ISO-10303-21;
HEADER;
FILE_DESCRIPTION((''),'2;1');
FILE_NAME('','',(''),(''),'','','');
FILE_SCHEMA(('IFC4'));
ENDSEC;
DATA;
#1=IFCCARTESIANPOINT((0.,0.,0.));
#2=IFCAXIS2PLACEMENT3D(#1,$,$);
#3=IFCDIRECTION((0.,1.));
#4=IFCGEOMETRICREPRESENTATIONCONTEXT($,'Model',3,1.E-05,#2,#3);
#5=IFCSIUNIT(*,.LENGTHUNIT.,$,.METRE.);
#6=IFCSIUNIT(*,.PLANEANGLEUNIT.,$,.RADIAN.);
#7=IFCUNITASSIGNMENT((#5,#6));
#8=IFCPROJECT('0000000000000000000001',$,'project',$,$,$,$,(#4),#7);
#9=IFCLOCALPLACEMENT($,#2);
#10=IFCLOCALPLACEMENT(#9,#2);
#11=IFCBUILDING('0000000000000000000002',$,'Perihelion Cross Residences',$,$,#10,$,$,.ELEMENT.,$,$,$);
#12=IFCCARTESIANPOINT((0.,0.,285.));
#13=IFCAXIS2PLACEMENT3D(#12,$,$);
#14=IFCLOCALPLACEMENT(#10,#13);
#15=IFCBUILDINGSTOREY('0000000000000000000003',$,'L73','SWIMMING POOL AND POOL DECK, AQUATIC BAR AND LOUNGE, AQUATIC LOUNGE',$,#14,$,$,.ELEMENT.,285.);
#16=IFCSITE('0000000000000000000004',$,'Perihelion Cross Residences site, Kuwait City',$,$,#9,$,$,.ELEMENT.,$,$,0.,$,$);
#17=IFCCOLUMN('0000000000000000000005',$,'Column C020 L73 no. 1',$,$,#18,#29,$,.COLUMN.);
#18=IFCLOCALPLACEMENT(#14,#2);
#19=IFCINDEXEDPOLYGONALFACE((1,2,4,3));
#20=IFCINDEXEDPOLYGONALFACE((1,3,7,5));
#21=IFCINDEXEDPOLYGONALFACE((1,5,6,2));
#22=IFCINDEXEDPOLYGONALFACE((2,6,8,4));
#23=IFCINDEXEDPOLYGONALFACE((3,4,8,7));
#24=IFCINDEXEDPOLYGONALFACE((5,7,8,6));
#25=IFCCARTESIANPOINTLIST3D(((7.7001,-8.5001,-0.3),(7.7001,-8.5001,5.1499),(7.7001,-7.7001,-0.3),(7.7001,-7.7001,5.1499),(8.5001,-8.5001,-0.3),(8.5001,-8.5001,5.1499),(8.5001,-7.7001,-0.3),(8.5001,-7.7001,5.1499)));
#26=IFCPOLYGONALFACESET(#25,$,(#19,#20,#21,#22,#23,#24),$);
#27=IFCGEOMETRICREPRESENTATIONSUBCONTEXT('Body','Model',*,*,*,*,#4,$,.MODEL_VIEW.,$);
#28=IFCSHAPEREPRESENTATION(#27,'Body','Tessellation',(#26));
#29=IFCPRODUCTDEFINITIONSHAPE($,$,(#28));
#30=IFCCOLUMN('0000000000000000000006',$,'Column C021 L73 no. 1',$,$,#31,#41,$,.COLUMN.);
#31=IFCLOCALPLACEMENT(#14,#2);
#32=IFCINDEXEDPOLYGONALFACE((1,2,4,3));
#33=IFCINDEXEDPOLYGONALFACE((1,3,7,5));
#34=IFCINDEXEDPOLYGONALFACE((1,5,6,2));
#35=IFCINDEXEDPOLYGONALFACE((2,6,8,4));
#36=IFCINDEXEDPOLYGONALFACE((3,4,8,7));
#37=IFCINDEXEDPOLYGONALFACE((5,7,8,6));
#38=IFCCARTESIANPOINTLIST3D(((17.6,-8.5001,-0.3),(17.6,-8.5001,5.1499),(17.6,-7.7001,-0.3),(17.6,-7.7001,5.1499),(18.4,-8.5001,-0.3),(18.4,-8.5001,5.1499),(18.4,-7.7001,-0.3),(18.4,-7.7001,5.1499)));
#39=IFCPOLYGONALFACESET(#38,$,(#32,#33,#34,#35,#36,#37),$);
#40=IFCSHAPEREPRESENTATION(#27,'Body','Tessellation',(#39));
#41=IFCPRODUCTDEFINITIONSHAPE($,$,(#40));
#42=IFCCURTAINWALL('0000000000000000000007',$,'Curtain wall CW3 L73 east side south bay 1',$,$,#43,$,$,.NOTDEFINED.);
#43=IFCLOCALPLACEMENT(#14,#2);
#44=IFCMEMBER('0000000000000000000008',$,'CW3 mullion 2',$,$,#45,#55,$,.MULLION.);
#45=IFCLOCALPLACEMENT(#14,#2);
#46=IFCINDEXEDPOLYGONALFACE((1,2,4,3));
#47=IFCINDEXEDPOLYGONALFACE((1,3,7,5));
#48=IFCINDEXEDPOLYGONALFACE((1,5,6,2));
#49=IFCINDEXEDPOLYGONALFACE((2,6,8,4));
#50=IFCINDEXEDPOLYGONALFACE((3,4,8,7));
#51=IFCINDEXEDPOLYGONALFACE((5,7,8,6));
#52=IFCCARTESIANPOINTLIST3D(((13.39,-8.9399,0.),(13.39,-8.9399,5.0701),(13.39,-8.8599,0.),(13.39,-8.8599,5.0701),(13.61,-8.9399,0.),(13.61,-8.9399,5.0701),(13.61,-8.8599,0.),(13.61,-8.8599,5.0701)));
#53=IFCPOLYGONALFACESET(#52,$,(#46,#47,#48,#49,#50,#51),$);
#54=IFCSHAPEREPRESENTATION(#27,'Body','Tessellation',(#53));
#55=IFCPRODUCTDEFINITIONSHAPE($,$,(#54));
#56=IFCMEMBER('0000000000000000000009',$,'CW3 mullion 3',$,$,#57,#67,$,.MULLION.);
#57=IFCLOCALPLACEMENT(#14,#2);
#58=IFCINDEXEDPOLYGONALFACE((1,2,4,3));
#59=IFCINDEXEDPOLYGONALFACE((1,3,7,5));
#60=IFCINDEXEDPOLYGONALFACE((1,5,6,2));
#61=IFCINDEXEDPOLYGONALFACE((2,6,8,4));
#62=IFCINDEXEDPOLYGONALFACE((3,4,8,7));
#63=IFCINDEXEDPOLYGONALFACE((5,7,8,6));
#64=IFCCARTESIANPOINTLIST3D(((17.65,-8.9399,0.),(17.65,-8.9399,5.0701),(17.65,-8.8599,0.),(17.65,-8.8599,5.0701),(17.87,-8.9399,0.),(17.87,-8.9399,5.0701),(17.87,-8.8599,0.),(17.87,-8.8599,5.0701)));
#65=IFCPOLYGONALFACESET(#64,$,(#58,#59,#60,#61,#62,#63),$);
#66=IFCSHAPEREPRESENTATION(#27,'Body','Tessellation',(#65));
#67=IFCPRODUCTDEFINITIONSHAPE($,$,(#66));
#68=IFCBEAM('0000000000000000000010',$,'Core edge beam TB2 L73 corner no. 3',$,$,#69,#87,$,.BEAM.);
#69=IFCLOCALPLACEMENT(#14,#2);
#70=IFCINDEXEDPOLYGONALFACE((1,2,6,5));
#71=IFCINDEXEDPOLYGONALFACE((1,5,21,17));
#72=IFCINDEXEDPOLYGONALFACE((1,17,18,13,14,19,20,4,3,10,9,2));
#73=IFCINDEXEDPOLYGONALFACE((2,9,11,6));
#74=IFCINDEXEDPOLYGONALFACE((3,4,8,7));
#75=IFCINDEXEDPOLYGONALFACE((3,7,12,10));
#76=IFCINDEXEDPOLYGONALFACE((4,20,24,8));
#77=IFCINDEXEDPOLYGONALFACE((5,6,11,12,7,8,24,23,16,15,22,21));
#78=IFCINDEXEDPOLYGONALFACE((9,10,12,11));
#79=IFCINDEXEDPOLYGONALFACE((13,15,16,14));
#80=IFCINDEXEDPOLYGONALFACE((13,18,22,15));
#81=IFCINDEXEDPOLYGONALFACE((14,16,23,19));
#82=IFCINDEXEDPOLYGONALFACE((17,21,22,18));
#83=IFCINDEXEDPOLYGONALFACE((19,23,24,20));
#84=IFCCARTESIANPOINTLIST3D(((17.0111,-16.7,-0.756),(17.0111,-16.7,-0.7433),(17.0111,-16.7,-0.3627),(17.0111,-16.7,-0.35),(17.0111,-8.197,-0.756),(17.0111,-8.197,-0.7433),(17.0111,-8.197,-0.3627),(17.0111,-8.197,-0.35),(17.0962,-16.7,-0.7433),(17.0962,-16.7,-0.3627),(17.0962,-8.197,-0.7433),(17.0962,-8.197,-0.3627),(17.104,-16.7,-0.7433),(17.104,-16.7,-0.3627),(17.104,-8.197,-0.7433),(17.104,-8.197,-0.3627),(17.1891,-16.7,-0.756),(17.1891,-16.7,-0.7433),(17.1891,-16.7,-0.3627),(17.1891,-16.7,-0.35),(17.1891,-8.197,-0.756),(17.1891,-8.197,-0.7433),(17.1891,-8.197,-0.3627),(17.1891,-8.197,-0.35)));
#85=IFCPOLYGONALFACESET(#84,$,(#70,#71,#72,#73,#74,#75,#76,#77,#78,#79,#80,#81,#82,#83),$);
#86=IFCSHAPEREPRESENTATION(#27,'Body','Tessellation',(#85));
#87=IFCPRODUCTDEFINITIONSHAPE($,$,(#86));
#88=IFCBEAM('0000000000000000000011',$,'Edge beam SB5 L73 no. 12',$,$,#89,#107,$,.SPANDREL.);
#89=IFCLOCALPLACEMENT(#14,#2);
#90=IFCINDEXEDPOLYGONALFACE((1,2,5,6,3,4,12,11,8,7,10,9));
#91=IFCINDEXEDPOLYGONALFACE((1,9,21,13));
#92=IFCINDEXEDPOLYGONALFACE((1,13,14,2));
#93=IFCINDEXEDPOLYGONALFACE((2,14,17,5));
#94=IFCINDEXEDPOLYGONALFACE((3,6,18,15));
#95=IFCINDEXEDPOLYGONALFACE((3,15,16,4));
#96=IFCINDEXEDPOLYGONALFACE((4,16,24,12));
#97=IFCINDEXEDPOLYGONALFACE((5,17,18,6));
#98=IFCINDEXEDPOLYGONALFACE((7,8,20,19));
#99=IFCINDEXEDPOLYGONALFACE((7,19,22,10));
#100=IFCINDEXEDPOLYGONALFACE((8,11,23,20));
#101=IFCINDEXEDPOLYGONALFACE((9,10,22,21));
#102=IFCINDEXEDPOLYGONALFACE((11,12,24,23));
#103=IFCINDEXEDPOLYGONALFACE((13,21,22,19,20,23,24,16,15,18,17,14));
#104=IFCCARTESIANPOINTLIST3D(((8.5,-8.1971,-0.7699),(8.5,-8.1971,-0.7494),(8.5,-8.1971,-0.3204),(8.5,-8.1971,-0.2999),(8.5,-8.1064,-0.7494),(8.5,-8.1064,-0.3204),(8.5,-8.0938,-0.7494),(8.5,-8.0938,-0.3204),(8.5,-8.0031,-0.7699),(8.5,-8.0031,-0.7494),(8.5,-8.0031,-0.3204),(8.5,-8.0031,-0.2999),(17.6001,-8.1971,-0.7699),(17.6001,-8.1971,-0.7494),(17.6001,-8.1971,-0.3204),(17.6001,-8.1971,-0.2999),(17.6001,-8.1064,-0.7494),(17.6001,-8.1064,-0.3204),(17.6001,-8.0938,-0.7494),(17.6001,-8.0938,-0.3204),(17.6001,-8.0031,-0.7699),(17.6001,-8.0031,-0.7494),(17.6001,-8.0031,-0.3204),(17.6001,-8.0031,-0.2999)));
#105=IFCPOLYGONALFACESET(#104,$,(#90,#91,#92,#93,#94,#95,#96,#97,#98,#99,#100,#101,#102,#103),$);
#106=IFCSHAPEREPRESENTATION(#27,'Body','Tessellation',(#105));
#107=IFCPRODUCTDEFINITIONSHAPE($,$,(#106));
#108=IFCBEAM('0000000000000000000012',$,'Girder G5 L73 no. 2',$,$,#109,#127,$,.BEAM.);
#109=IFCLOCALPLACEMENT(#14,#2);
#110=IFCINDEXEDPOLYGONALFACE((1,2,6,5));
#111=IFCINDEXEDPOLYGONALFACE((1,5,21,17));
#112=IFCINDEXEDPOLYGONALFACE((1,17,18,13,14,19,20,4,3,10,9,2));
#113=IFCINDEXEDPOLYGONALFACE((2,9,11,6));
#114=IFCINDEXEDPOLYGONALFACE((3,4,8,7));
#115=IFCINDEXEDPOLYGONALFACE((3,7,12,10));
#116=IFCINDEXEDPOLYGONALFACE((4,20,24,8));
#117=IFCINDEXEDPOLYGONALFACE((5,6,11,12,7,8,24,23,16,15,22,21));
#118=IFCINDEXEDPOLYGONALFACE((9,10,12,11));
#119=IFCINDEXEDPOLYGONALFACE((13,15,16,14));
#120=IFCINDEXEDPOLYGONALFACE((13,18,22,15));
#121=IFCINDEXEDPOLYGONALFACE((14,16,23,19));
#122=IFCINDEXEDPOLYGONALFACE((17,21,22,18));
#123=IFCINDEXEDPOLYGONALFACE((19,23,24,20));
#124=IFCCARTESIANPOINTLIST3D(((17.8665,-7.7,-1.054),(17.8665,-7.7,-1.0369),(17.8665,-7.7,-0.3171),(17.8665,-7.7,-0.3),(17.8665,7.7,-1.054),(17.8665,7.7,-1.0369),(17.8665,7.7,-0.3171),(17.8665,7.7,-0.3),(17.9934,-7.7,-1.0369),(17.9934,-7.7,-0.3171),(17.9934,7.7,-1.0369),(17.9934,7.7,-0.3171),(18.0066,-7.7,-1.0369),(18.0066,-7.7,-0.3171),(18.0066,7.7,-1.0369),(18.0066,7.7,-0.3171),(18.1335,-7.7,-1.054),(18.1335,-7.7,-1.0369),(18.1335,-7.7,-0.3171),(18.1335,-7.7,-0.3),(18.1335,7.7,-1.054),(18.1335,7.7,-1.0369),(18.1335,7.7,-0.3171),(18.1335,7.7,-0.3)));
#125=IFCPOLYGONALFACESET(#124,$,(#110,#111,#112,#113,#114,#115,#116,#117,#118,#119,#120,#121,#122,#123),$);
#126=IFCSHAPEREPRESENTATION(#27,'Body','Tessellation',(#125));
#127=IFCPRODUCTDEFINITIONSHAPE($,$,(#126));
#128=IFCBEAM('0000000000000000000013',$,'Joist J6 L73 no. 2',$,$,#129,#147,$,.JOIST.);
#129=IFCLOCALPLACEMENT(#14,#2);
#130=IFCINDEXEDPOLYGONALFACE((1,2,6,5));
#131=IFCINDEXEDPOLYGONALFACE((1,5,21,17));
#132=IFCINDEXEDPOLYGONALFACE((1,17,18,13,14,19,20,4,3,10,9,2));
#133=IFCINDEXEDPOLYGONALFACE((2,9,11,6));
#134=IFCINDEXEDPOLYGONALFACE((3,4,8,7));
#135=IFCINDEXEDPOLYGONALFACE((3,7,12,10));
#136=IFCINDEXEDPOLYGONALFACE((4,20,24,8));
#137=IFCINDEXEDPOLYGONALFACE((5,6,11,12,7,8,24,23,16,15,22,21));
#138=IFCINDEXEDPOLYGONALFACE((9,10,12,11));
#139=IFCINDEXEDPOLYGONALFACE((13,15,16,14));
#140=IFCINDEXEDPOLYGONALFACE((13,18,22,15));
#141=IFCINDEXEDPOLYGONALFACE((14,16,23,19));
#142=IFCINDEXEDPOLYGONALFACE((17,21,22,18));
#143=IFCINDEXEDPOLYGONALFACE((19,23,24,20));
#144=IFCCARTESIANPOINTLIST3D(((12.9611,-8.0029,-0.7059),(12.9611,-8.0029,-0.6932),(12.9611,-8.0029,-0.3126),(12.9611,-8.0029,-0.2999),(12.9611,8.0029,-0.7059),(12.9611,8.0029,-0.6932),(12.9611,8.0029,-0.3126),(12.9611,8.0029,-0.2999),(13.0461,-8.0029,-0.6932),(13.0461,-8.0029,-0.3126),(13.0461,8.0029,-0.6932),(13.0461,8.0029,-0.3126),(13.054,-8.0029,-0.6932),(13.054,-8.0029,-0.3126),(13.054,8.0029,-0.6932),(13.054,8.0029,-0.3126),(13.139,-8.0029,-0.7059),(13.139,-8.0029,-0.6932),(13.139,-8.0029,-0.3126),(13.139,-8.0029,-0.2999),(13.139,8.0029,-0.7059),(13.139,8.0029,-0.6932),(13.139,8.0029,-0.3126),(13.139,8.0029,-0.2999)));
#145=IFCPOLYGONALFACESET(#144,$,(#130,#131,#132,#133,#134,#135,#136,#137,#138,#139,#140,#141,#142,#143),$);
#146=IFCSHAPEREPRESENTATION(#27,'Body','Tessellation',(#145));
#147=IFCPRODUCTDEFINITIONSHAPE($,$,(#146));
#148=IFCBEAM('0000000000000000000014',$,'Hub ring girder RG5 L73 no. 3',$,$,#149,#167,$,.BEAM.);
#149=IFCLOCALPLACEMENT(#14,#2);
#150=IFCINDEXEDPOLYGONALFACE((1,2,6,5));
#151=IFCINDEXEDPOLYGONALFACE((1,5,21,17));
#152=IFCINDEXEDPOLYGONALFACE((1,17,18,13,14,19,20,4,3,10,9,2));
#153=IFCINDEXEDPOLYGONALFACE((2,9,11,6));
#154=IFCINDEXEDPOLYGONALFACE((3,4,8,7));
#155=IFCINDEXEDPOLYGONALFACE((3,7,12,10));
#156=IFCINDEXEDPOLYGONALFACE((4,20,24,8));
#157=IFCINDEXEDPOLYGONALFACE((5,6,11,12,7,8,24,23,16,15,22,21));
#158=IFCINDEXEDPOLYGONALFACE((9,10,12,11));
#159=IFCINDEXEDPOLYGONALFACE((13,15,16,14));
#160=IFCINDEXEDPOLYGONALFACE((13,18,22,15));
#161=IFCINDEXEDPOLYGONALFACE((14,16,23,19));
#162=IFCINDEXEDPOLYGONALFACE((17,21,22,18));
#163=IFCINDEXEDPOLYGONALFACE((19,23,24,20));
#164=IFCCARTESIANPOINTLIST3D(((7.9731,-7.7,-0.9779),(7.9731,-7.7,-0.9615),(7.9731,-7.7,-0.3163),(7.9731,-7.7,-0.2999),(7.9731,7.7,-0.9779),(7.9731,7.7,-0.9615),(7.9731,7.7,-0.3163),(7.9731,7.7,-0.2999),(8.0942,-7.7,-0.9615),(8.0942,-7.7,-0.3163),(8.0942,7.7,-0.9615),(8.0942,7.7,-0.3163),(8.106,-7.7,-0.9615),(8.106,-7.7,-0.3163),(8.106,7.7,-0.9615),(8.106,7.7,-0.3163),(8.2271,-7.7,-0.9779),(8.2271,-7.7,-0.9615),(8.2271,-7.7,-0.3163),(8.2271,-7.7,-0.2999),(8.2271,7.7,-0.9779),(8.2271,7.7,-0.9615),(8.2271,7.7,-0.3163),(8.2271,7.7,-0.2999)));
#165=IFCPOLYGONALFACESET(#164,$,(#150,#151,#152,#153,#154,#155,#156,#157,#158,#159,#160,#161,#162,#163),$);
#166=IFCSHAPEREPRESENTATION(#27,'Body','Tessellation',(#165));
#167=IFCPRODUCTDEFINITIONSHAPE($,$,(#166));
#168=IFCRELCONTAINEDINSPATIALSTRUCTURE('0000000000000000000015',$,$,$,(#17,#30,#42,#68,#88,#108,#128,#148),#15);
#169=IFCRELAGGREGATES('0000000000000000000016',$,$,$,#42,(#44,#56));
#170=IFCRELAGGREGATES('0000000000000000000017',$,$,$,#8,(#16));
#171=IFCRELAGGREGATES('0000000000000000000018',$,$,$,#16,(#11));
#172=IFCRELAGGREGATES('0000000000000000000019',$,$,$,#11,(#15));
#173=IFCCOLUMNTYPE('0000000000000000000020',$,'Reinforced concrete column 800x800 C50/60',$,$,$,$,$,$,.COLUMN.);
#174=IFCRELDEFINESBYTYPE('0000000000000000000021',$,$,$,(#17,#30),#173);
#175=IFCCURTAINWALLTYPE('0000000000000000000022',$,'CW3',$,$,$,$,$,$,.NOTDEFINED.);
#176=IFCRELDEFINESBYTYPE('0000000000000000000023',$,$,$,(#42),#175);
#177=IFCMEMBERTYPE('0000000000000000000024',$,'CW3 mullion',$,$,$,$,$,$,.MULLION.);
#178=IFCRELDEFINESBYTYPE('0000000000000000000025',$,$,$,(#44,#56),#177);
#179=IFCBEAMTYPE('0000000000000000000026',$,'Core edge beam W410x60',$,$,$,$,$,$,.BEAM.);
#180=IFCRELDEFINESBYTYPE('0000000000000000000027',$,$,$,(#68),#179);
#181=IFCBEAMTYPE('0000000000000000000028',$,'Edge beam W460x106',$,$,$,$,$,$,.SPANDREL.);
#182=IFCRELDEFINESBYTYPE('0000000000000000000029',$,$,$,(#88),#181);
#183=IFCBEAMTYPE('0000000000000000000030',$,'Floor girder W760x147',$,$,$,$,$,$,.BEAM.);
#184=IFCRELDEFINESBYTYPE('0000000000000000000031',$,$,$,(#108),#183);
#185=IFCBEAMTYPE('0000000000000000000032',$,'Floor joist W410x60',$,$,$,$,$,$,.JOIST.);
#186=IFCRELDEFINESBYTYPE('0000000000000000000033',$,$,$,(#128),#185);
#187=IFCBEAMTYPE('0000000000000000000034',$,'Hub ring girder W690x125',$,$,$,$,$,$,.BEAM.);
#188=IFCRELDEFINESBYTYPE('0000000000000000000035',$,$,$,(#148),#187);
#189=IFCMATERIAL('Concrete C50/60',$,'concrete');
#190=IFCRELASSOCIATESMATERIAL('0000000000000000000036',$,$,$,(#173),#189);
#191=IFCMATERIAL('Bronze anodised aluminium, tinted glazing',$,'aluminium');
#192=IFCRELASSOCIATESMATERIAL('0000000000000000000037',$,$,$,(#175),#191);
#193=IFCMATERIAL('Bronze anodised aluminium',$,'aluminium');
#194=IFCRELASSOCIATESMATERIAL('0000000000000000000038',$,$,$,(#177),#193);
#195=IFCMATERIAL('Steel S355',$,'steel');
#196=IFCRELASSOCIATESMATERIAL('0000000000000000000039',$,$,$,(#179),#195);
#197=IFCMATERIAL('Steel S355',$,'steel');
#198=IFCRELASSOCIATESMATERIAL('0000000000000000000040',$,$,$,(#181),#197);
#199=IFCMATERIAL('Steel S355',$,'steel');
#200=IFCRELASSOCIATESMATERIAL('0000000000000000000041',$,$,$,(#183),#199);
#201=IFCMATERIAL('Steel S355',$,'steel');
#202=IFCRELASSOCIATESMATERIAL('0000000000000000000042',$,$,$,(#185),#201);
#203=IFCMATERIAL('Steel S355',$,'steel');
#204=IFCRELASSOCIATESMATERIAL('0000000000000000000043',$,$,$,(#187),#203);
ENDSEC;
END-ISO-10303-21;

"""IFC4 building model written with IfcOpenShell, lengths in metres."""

from ifc_helpers import new_model, si_unit, direction, frame, origin, origin_2d, place, context, subcontext, project, spatial, rectangle, i_section, extrude, material, material_profile, profile_set, type_object, element, aggregate, save


model = new_model("IFC4")

# Units and contexts
model_context = context("Model", 3, precision=1e-05, world=origin(), true_north=direction((0.0, 1.0)))
body_context = subcontext(model_context, "Body", "Model", "MODEL_VIEW")
ifc_project = project(units=[si_unit("LENGTHUNIT", "METRE"), si_unit("PLANEANGLEUNIT", "RADIAN")], contexts=[model_context])

# Site, building, storey
site_placement = place(None, origin())
site = spatial("IfcSite", under=ifc_project, at=site_placement, Name="Perihelion Cross Residences site, Kuwait City", CompositionType="ELEMENT", RefElevation=0.0)
building_placement = place(site_placement, origin())
building = spatial("IfcBuilding", under=site, at=building_placement, Name="Perihelion Cross Residences", CompositionType="ELEMENT")
storey_placement = place(building_placement, frame((0.0, 0.0, 285.0)))
storey = spatial("IfcBuildingStorey", under=building, at=storey_placement, Name="L73", Description="SWIMMING POOL AND POOL DECK, AQUATIC BAR AND LOUNGE, AQUATIC LOUNGE", CompositionType="ELEMENT", Elevation=285.0)

# Columns
ifc_material_1 = material(Name="Concrete C50/60", Category="concrete")
ifc_material_profile_1 = material_profile(ifc_material_1, rectangle(XDim=0.8, YDim=0.8, at=origin_2d()), Name="RC 800x800")
ifc_profile_set_1 = profile_set([ifc_material_profile_1], Name="Concrete C50/60")
column_type = type_object("IfcColumnType", Name="Reinforced concrete column 800x800 C50/60", PredefinedType="COLUMN", material=ifc_profile_set_1)
for number, where, z_axis, x_axis, name in (
    (1, (8.1001, -8.1001, -0.3), (0.0, 0.0, 1.0), (1.0, 0.0, 0.0), "Column C020 L73 no. 1"),
    (2, (18.0, -8.1001, -0.3), (0.0, 0.0, 1.0), (1.0, 0.0, 0.0), "Column C021 L73 no. 1"),
):
    element("IfcColumn", number, at=place(storey_placement, frame(where, z_axis=z_axis, x_axis=x_axis)), inside=storey, type_object=column_type, Name=name, PredefinedType="COLUMN", context=body_context, shape_type="SweptSolid", body=[
        extrude(rectangle(XDim=0.8, YDim=0.8, at=origin_2d()), origin(), (0.0, 0.0, 1.0), 5.45),
    ])

# Curtain wall, members
ifc_material_2 = material(Name="Bronze anodised aluminium, tinted glazing", Category="aluminium")
curtain_wall_type = type_object("IfcCurtainWallType", Name="CW3", PredefinedType="NOTDEFINED", material=ifc_material_2)
curtain_wall_placement = place(storey_placement, origin())
curtain_wall = element("IfcCurtainWall", 3, at=curtain_wall_placement, inside=storey, type_object=curtain_wall_type, Name="Curtain wall CW3 L73 east side south bay 1", PredefinedType="NOTDEFINED")
ifc_material_3 = material(Name="Bronze anodised aluminium", Category="aluminium")
ifc_material_profile_2 = material_profile(ifc_material_3, rectangle(XDim=0.0801, YDim=0.22, at=origin_2d()), Name="CW3 mullion")
ifc_profile_set_2 = profile_set([ifc_material_profile_2], Name="Bronze anodised aluminium")
member_type = type_object("IfcMemberType", Name="CW3 mullion", PredefinedType="MULLION", material=ifc_profile_set_2)
member_1_placement = place(storey_placement, frame((13.5, -8.8999, 0.0), z_axis=(0.0, 0.0, 1.0), x_axis=(0.0, 1.0, 0.0)))
member_1 = element("IfcMember", 4, at=member_1_placement, type_object=member_type, Name="CW3 mullion 2", PredefinedType="MULLION", context=body_context, shape_type="SweptSolid", body=[
    extrude(rectangle(XDim=0.0801, YDim=0.22, at=origin_2d()), origin(), (0.0, 0.0, 1.0), 5.0701),
])
member_2_placement = place(storey_placement, frame((17.76, -8.8999, 0.0), z_axis=(0.0, 0.0, 1.0), x_axis=(0.0, 1.0, 0.0)))
member_2 = element("IfcMember", 5, at=member_2_placement, type_object=member_type, Name="CW3 mullion 3", PredefinedType="MULLION", context=body_context, shape_type="SweptSolid", body=[
    extrude(rectangle(XDim=0.0801, YDim=0.22, at=origin_2d()), origin(), (0.0, 0.0, 1.0), 5.0701),
])

# Beams
ifc_material_4 = material(Name="Steel S355", Category="steel")
ifc_material_profile_3 = material_profile(ifc_material_4, i_section(OverallWidth=0.178, OverallDepth=0.406, WebThickness=0.0078, FlangeThickness=0.0127, at=origin_2d()), Name="W410x60")
ifc_profile_set_3 = profile_set([ifc_material_profile_3], Name="Steel S355")
beam_type_1 = type_object("IfcBeamType", Name="Core edge beam W410x60", PredefinedType="BEAM", material=ifc_profile_set_3)
beam_1_placement = place(storey_placement, frame((17.1001, -8.197, -0.553), z_axis=(0.0, -1.0, 0.0), x_axis=(1.0, 0.0, 0.0)))
element("IfcBeam", 6, at=beam_1_placement, inside=storey, type_object=beam_type_1, Name="Core edge beam TB2 L73 corner no. 3", PredefinedType="BEAM", context=body_context, shape_type="SweptSolid", body=[
    extrude(i_section(OverallWidth=0.178, OverallDepth=0.406, WebThickness=0.0078, FlangeThickness=0.0127, at=origin_2d()), origin(), (0.0, 0.0, 1.0), 8.5029),
])
ifc_material_5 = material(Name="Steel S355", Category="steel")
ifc_material_profile_4 = material_profile(ifc_material_5, i_section(OverallWidth=0.1941, OverallDepth=0.47, WebThickness=0.0127, FlangeThickness=0.0205, at=origin_2d()), Name="W460x106")
ifc_profile_set_4 = profile_set([ifc_material_profile_4], Name="Steel S355")
beam_type_2 = type_object("IfcBeamType", Name="Edge beam W460x106", PredefinedType="SPANDREL", material=ifc_profile_set_4)
beam_2_placement = place(storey_placement, frame((8.5, -8.1001, -0.5349), z_axis=(1.0, 0.0, 0.0), x_axis=(0.0, 1.0, 0.0)))
element("IfcBeam", 7, at=beam_2_placement, inside=storey, type_object=beam_type_2, Name="Edge beam SB5 L73 no. 12", PredefinedType="SPANDREL", context=body_context, shape_type="SweptSolid", body=[
    extrude(i_section(OverallWidth=0.1941, OverallDepth=0.47, WebThickness=0.0127, FlangeThickness=0.0205, at=origin_2d()), origin(), (0.0, 0.0, 1.0), 9.1001),
])
ifc_material_6 = material(Name="Steel S355", Category="steel")
ifc_material_profile_5 = material_profile(ifc_material_6, i_section(OverallWidth=0.2671, OverallDepth=0.7539, WebThickness=0.0132, FlangeThickness=0.0171, at=origin_2d()), Name="W760x147")
ifc_profile_set_5 = profile_set([ifc_material_profile_5], Name="Steel S355")
beam_type_3 = type_object("IfcBeamType", Name="Floor girder W760x147", PredefinedType="BEAM", material=ifc_profile_set_5)
beam_3_placement = place(storey_placement, frame((18.0, -7.7, -0.677), z_axis=(0.0, 1.0, 0.0), x_axis=(-1.0, 0.0, 0.0)))
element("IfcBeam", 8, at=beam_3_placement, inside=storey, type_object=beam_type_3, Name="Girder G5 L73 no. 2", PredefinedType="BEAM", context=body_context, shape_type="SweptSolid", body=[
    extrude(i_section(OverallWidth=0.2671, OverallDepth=0.7539, WebThickness=0.0132, FlangeThickness=0.0171, at=origin_2d()), origin(), (0.0, 0.0, 1.0), 15.3999),
])
ifc_material_7 = material(Name="Steel S355", Category="steel")
ifc_material_profile_6 = material_profile(ifc_material_7, i_section(OverallWidth=0.178, OverallDepth=0.406, WebThickness=0.0078, FlangeThickness=0.0127, at=origin_2d()), Name="W410x60")
ifc_profile_set_6 = profile_set([ifc_material_profile_6], Name="Steel S355")
beam_type_4 = type_object("IfcBeamType", Name="Floor joist W410x60", PredefinedType="JOIST", material=ifc_profile_set_6)
beam_4_placement = place(storey_placement, frame((13.05, -8.0029, -0.5029), z_axis=(0.0, 1.0, 0.0), x_axis=(-1.0, 0.0, 0.0)))
element("IfcBeam", 9, at=beam_4_placement, inside=storey, type_object=beam_type_4, Name="Joist J6 L73 no. 2", PredefinedType="JOIST", context=body_context, shape_type="SweptSolid", body=[
    extrude(i_section(OverallWidth=0.178, OverallDepth=0.406, WebThickness=0.0078, FlangeThickness=0.0127, at=origin_2d()), origin(), (0.0, 0.0, 1.0), 16.0059),
])
ifc_material_8 = material(Name="Steel S355", Category="steel")
ifc_material_profile_7 = material_profile(ifc_material_8, i_section(OverallWidth=0.2539, OverallDepth=0.678, WebThickness=0.0117, FlangeThickness=0.0164, at=origin_2d()), Name="W690x125")
ifc_profile_set_7 = profile_set([ifc_material_profile_7], Name="Steel S355")
beam_type_5 = type_object("IfcBeamType", Name="Hub ring girder W690x125", PredefinedType="BEAM", material=ifc_profile_set_7)
beam_5_placement = place(storey_placement, frame((8.1001, -7.7, -0.6389), z_axis=(0.0, 1.0, 0.0), x_axis=(-1.0, 0.0, 0.0)))
element("IfcBeam", 10, at=beam_5_placement, inside=storey, type_object=beam_type_5, Name="Hub ring girder RG5 L73 no. 3", PredefinedType="BEAM", context=body_context, shape_type="SweptSolid", body=[
    extrude(i_section(OverallWidth=0.2539, OverallDepth=0.678, WebThickness=0.0117, FlangeThickness=0.0164, at=origin_2d()), origin(), (0.0, 0.0, 1.0), 15.3999),
])

aggregate(curtain_wall, [member_1, member_2])

save(model, "model.ifc")
